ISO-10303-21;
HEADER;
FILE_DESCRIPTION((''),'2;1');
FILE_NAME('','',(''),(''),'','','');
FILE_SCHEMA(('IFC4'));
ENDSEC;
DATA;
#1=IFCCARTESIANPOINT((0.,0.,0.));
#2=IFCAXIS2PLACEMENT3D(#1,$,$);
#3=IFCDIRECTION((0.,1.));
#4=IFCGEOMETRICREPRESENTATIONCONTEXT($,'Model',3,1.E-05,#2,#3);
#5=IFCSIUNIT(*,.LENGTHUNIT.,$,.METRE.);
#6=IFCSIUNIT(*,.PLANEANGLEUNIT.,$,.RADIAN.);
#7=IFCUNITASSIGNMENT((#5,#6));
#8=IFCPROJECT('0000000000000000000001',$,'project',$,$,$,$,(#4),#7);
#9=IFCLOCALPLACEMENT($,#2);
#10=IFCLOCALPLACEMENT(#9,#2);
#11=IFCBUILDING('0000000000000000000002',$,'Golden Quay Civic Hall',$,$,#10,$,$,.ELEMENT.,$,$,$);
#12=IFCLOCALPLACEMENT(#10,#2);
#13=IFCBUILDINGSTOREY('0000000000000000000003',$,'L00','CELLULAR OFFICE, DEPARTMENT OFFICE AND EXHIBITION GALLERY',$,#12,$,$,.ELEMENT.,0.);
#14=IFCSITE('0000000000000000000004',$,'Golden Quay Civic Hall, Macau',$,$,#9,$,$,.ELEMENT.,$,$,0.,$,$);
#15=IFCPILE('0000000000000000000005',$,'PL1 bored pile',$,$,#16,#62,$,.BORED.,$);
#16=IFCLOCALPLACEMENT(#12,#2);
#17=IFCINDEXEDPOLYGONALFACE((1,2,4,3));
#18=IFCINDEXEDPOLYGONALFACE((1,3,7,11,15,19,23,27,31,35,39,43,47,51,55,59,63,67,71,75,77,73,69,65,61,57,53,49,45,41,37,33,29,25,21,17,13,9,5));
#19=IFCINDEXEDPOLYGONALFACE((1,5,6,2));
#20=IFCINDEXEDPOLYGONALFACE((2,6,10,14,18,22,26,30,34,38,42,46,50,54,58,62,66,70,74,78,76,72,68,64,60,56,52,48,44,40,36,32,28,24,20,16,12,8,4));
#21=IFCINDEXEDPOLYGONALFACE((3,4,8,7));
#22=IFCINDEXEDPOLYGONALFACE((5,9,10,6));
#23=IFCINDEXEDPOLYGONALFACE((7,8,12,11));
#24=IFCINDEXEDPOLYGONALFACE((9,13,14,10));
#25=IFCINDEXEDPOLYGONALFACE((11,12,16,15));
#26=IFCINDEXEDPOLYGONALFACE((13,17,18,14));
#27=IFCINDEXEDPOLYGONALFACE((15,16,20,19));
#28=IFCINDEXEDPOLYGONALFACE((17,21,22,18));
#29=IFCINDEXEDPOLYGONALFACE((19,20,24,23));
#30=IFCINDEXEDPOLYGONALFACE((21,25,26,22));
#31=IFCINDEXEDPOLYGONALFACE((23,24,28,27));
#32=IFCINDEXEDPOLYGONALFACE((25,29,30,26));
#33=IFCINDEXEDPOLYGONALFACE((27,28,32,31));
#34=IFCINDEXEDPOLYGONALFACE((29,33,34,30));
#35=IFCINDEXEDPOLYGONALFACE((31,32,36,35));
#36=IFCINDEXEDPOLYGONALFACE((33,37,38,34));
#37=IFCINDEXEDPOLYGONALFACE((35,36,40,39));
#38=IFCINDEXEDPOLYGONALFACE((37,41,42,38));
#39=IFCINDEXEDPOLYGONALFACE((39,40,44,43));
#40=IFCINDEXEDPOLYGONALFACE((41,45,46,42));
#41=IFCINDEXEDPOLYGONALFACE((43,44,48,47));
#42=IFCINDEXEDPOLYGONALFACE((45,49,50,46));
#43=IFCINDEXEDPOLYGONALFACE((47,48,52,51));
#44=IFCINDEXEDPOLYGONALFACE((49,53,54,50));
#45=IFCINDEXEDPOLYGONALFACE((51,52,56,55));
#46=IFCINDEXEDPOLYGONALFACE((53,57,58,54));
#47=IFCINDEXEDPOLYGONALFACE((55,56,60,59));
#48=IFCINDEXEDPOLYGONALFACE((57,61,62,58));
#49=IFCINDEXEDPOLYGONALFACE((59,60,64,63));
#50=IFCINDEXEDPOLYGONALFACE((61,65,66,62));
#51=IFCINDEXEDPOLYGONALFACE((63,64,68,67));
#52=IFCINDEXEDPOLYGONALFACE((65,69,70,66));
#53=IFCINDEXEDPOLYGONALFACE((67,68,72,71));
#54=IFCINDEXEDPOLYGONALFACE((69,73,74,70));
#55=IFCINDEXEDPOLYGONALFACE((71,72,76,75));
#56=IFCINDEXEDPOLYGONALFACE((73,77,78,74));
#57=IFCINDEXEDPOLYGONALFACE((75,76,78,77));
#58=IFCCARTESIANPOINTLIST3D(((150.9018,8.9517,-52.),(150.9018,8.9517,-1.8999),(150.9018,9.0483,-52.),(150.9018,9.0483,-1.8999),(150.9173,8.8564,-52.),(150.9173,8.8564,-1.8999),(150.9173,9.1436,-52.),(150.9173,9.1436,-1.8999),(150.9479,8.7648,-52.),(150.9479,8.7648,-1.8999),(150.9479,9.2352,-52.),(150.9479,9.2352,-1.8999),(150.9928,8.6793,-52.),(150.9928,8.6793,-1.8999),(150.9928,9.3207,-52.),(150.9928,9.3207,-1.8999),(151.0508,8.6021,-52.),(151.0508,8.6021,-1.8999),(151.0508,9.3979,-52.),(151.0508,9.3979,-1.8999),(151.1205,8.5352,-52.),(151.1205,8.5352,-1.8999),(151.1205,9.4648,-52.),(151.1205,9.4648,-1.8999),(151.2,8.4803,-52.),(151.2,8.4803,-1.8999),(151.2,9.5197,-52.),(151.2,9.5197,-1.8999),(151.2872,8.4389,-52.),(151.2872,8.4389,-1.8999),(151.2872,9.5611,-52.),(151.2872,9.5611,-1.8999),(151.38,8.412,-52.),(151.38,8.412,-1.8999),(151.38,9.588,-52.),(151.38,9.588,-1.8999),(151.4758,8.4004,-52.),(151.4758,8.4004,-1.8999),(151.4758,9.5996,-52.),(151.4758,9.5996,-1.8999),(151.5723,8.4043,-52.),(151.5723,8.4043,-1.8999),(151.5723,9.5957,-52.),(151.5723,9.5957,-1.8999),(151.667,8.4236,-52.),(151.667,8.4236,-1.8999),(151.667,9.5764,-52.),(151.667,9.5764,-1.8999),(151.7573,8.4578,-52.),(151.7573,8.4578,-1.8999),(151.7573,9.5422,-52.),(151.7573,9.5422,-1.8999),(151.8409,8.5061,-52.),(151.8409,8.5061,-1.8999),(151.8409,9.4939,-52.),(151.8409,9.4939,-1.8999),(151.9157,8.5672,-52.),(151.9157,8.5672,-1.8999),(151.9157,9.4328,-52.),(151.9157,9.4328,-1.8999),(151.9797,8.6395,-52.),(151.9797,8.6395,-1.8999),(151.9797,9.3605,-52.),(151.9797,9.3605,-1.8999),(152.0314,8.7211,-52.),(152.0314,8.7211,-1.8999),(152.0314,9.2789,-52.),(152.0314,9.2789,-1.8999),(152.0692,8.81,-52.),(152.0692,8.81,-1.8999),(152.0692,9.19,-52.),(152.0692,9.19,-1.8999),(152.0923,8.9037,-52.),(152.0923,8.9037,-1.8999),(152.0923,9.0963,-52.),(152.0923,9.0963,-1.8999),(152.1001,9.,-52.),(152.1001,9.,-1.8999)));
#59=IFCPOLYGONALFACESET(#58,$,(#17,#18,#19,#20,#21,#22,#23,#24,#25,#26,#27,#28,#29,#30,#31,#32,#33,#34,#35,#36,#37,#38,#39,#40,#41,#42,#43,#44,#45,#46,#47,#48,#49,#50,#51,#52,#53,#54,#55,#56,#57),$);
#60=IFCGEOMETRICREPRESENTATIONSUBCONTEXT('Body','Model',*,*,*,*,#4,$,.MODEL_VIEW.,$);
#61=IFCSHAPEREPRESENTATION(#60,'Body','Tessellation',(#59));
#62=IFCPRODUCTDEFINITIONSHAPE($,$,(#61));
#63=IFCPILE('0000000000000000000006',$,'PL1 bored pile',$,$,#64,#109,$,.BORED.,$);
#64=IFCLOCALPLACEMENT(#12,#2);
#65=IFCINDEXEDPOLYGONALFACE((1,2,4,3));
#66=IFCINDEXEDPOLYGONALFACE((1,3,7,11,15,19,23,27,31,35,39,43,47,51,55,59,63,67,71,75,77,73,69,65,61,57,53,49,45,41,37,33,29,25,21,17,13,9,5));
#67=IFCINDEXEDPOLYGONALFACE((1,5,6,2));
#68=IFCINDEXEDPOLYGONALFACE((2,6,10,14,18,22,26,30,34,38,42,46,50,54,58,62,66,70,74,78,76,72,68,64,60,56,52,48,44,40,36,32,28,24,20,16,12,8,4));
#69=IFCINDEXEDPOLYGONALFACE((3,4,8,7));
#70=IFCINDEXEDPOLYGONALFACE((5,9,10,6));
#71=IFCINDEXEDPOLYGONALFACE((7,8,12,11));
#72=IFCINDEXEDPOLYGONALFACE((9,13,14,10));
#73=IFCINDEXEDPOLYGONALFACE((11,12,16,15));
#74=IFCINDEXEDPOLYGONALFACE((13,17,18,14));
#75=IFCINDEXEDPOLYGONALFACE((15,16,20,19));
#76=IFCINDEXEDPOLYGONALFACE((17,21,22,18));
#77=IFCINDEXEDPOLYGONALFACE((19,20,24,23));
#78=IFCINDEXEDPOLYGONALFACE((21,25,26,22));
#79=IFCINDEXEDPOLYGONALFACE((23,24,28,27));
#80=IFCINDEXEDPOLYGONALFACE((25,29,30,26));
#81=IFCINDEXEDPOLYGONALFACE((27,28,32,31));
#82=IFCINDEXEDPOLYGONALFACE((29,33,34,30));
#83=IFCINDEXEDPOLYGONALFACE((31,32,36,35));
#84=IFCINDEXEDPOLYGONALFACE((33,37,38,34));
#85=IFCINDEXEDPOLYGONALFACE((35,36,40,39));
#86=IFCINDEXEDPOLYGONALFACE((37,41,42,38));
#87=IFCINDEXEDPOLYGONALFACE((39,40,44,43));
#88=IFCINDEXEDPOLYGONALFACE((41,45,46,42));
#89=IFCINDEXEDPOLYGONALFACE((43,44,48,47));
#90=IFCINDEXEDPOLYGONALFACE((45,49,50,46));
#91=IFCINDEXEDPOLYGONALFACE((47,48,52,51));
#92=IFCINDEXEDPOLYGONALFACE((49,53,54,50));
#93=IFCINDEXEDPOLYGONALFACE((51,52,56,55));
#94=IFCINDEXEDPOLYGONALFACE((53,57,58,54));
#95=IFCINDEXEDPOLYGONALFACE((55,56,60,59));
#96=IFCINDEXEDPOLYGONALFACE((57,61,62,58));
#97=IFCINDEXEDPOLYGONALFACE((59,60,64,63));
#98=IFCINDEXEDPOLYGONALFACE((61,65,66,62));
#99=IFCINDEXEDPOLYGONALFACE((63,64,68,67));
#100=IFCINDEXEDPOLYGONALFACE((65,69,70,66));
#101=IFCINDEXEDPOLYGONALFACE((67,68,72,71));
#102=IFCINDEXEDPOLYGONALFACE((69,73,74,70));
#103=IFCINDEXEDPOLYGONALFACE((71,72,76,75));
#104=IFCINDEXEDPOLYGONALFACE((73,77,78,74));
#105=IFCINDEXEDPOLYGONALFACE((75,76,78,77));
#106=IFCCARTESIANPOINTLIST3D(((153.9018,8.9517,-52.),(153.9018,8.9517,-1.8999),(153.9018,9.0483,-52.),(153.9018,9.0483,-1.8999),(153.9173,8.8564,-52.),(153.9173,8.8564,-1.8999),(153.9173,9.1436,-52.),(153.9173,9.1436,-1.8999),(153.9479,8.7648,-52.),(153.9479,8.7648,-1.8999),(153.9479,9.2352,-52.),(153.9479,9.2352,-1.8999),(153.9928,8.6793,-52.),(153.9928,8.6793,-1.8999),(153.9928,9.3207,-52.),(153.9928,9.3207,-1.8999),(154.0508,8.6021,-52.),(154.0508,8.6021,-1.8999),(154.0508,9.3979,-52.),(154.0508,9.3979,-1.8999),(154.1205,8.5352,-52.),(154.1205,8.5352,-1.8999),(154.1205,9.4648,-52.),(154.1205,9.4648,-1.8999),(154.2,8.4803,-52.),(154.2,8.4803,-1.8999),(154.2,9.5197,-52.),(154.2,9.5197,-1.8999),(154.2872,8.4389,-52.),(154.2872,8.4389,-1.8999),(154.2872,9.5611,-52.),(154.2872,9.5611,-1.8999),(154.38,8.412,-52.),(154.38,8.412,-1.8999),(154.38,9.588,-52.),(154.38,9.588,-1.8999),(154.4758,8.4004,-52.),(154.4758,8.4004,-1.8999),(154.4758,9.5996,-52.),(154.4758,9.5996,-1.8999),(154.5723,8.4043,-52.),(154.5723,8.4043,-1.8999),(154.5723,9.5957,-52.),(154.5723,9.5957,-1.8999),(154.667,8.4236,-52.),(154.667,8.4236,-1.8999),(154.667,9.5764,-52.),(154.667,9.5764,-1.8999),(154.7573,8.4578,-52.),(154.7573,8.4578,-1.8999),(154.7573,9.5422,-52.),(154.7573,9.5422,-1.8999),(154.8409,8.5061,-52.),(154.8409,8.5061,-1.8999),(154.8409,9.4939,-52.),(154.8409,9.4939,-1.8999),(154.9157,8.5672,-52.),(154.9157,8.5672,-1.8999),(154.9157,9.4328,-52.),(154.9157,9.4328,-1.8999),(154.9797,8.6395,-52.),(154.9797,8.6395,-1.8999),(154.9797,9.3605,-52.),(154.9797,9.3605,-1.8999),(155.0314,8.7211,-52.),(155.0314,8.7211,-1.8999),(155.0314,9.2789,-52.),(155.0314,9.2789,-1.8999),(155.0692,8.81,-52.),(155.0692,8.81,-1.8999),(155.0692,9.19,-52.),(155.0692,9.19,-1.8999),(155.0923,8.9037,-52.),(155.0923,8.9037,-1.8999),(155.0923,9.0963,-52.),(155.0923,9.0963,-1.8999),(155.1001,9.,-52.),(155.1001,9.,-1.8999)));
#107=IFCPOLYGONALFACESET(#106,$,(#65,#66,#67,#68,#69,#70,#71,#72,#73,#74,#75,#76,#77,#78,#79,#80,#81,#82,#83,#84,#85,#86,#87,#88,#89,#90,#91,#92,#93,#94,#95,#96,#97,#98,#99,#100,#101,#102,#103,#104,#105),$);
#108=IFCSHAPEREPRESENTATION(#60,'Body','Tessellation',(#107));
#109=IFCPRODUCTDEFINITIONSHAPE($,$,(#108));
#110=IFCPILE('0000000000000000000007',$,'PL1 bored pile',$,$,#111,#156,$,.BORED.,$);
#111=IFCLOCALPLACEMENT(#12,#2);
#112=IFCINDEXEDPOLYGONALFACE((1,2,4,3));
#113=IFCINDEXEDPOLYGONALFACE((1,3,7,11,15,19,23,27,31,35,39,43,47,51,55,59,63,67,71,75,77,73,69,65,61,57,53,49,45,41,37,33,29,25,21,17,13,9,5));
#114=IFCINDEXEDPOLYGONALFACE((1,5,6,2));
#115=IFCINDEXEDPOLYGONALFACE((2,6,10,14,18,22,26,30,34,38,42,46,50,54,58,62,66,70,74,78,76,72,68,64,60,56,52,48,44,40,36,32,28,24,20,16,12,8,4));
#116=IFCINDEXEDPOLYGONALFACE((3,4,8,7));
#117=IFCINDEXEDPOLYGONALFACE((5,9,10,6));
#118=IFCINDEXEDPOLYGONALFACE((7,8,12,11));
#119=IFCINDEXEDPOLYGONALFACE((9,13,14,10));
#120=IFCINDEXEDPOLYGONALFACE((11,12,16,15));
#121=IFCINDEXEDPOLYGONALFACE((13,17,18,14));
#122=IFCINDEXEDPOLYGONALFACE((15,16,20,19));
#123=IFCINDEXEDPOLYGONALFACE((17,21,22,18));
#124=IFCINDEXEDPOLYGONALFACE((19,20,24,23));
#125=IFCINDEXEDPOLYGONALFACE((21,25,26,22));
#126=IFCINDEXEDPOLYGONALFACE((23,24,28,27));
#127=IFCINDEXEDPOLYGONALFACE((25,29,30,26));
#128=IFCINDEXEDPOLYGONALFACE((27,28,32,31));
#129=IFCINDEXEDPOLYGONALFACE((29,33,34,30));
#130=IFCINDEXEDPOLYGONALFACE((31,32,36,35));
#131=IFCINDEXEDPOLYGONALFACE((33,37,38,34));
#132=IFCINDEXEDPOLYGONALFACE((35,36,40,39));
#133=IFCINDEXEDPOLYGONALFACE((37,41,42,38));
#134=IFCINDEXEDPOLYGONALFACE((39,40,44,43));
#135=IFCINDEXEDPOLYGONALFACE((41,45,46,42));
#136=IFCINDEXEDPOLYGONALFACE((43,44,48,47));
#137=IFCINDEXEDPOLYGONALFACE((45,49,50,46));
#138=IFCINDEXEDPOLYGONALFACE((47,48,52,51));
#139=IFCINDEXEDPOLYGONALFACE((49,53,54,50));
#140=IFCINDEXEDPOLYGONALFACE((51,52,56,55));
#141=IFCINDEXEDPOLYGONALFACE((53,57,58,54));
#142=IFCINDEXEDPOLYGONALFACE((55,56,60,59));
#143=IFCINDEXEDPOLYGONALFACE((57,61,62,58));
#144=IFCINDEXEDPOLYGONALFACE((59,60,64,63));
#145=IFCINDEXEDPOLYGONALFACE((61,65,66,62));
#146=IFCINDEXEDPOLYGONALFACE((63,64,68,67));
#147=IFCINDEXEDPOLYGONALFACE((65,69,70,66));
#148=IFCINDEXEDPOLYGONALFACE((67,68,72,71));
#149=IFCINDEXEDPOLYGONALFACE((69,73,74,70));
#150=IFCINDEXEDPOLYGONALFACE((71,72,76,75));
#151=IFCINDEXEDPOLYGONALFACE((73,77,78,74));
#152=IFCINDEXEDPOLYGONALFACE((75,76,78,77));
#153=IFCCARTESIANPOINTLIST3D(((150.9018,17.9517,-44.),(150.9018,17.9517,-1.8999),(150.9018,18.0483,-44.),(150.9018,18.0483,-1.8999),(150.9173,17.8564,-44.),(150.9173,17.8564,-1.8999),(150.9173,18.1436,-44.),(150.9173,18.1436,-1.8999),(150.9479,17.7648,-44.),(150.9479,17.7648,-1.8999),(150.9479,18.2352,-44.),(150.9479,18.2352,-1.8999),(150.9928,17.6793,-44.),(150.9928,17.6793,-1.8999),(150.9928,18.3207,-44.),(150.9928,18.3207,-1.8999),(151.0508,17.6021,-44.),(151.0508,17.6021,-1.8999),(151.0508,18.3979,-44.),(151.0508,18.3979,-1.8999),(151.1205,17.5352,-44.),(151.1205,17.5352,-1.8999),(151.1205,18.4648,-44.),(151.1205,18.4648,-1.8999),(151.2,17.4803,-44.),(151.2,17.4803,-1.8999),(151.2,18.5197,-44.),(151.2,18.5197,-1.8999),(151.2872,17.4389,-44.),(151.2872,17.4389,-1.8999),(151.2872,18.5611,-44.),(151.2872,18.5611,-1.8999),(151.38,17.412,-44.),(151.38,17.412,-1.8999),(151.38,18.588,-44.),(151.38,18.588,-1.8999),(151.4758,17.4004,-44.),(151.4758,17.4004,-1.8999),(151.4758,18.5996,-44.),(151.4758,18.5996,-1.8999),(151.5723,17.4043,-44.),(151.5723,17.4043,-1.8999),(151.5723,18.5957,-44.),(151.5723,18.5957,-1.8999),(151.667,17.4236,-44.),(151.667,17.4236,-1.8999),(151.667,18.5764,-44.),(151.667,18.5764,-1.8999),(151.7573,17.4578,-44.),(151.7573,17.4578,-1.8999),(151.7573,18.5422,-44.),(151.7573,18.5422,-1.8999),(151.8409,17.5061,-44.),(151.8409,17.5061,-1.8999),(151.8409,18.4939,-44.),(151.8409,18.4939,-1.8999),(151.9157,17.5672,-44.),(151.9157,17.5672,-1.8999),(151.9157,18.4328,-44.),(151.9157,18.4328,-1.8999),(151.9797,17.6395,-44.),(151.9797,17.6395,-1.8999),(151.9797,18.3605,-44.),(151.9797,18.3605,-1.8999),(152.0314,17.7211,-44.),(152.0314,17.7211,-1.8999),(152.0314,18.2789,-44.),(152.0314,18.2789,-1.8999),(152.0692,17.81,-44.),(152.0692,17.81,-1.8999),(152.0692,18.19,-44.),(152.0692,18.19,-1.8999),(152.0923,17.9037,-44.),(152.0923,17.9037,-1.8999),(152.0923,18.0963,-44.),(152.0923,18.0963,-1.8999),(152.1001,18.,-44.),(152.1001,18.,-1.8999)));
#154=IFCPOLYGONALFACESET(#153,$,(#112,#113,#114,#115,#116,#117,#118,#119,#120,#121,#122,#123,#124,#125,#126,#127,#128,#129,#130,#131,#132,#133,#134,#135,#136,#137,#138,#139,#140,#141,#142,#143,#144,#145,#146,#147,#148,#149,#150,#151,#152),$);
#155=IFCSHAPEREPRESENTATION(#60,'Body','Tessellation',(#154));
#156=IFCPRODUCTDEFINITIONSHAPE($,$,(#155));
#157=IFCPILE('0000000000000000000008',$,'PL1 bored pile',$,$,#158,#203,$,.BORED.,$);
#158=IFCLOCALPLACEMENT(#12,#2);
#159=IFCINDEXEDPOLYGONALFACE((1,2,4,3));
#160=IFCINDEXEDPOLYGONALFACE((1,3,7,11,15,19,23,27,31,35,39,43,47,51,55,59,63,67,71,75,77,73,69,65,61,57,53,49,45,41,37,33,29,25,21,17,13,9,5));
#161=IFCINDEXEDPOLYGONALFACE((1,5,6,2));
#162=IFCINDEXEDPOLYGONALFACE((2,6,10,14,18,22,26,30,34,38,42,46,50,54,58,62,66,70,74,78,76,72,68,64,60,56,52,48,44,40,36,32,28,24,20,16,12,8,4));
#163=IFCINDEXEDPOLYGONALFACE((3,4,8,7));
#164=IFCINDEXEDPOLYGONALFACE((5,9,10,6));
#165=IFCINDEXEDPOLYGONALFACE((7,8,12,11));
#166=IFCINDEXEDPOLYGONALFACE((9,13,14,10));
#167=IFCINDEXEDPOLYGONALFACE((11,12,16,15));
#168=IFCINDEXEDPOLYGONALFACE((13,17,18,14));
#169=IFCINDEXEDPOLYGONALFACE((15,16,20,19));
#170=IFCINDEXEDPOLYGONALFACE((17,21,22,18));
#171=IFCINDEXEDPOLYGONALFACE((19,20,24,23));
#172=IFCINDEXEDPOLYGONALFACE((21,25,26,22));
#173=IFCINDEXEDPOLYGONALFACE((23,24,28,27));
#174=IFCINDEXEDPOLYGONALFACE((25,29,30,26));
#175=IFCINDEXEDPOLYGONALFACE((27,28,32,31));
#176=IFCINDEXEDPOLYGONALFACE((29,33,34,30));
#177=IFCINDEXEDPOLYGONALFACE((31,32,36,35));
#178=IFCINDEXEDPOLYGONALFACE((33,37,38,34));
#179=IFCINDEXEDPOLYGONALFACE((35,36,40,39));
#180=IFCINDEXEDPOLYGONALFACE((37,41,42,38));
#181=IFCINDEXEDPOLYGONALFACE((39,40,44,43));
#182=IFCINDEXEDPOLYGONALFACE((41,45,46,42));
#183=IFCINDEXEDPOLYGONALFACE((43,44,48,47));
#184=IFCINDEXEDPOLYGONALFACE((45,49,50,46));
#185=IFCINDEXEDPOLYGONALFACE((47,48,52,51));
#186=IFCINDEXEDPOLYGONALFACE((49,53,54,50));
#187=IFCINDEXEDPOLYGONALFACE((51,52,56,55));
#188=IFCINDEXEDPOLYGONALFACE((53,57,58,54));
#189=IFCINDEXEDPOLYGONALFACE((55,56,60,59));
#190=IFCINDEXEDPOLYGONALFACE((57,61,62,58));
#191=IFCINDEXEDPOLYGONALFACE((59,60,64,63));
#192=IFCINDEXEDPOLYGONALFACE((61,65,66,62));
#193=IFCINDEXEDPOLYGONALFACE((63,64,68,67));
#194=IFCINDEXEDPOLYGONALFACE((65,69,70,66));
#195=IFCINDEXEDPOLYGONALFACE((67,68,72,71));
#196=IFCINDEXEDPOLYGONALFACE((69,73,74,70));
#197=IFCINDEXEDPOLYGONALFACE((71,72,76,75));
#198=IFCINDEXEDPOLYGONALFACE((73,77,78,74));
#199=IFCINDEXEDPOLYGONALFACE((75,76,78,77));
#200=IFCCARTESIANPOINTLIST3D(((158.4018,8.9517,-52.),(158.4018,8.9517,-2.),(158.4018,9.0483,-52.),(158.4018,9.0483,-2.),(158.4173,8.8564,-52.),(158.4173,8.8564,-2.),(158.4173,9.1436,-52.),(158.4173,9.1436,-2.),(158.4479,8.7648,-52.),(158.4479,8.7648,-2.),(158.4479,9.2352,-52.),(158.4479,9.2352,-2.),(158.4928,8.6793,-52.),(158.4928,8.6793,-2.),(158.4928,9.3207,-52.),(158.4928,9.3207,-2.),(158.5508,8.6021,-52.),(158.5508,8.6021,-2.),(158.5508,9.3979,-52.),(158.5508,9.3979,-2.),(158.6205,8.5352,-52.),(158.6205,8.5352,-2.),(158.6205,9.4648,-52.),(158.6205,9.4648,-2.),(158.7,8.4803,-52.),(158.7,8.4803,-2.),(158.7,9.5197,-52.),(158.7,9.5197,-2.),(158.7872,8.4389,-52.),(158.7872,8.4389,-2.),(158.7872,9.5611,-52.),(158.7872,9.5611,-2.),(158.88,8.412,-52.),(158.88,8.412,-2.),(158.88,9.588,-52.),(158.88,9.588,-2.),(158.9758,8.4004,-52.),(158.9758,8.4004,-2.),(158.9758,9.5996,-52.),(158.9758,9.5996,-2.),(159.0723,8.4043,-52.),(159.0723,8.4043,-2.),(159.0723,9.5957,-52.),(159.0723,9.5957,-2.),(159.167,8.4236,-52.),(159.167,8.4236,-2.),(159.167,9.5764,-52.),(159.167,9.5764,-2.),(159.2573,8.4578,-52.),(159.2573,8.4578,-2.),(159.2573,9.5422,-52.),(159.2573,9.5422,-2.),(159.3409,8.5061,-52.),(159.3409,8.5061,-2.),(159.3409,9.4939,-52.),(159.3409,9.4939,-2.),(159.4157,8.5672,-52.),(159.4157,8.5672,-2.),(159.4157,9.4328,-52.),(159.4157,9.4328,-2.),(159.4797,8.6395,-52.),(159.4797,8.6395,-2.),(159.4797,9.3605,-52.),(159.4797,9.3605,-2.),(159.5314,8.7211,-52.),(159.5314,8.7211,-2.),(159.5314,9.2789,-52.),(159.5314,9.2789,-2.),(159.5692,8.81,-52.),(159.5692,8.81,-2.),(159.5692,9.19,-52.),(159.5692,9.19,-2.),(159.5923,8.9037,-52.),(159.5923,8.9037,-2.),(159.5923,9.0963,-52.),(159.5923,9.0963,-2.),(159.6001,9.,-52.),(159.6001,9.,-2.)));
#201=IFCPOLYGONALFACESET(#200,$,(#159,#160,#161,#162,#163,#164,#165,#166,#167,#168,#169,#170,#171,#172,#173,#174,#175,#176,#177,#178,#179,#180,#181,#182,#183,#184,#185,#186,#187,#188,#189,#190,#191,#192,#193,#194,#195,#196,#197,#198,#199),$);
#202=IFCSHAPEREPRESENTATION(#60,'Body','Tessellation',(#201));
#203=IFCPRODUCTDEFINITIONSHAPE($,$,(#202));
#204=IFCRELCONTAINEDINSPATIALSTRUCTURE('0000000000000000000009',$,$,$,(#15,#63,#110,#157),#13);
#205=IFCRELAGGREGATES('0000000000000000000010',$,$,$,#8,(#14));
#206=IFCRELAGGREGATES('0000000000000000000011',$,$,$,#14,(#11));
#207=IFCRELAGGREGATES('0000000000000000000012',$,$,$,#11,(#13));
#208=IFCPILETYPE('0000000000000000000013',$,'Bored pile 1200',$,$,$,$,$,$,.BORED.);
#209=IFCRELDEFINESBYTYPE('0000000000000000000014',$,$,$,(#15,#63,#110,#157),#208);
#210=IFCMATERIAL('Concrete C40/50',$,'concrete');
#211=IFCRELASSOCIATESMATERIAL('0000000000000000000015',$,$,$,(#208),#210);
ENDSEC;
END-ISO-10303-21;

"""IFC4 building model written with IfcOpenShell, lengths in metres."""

from ifc_helpers import new_model, si_unit, direction, frame, origin, origin_2d, place, context, subcontext, project, spatial, circle, extrude, material, material_profile, profile_set, type_object, element, save


model = new_model("IFC4")

# Units and contexts
model_context = context("Model", 3, precision=1e-05, world=origin(), true_north=direction((0.0, 1.0)))
body_context = subcontext(model_context, "Body", "Model", "MODEL_VIEW")
ifc_project = project(units=[si_unit("LENGTHUNIT", "METRE"), si_unit("PLANEANGLEUNIT", "RADIAN")], contexts=[model_context])

# Site, building, storey
site_placement = place(None, origin())
site = spatial("IfcSite", under=ifc_project, at=site_placement, Name="Golden Quay Civic Hall, Macau", CompositionType="ELEMENT", RefElevation=0.0)
building_placement = place(site_placement, origin())
building = spatial("IfcBuilding", under=site, at=building_placement, Name="Golden Quay Civic Hall", CompositionType="ELEMENT")
storey_placement = place(building_placement, origin())
storey = spatial("IfcBuildingStorey", under=building, at=storey_placement, Name="L00", Description="CELLULAR OFFICE, DEPARTMENT OFFICE AND EXHIBITION GALLERY", CompositionType="ELEMENT", Elevation=0.0)

# Piles
ifc_material_1 = material(Name="Concrete C40/50", Category="concrete")
ifc_material_profile_1 = material_profile(ifc_material_1, circle(Radius=0.6001, at=origin_2d()), Name="RC D1200")
ifc_profile_set_1 = profile_set([ifc_material_profile_1], Name="Concrete C40/50")
pile_type = type_object("IfcPileType", Name="Bored pile 1200", PredefinedType="BORED", material=ifc_profile_set_1)
for number, where, z_axis, x_axis, name in (
    (1, (151.5, 9.0, -1.8999), (0.0, 0.0, -1.0), (1.0, 0.0, 0.0), "PL1 bored pile"),
    (2, (154.5, 9.0, -1.8999), (0.0, 0.0, -1.0), (1.0, 0.0, 0.0), "PL1 bored pile"),
):
    element("IfcPile", number, at=place(storey_placement, frame(where, z_axis=z_axis, x_axis=x_axis)), inside=storey, type_object=pile_type, Name=name, PredefinedType="BORED", context=body_context, shape_type="SweptSolid", body=[
        extrude(circle(Radius=0.6001, at=origin_2d()), origin(), (0.0, 0.0, 1.0), 50.1001),
    ])
pile_placement = place(storey_placement, frame((151.5, 18.0, -1.8999), z_axis=(0.0, 0.0, -1.0), x_axis=(1.0, 0.0, 0.0)))
element("IfcPile", 3, at=pile_placement, inside=storey, type_object=pile_type, Name="PL1 bored pile", PredefinedType="BORED", context=body_context, shape_type="SweptSolid", body=[
    extrude(circle(Radius=0.6001, at=origin_2d()), origin(), (0.0, 0.0, 1.0), 42.1001),
])
for number, where, z_axis, x_axis, name in (
    (4, (159.0, 9.0, -2.0), (0.0, 0.0, -1.0), (1.0, 0.0, 0.0), "PL1 bored pile"),
):
    element("IfcPile", number, at=place(storey_placement, frame(where, z_axis=z_axis, x_axis=x_axis)), inside=storey, type_object=pile_type, Name=name, PredefinedType="BORED", context=body_context, shape_type="SweptSolid", body=[
        extrude(circle(Radius=0.6001, at=origin_2d()), origin(), (0.0, 0.0, 1.0), 50.0),
    ])

save(model, "model.ifc")
